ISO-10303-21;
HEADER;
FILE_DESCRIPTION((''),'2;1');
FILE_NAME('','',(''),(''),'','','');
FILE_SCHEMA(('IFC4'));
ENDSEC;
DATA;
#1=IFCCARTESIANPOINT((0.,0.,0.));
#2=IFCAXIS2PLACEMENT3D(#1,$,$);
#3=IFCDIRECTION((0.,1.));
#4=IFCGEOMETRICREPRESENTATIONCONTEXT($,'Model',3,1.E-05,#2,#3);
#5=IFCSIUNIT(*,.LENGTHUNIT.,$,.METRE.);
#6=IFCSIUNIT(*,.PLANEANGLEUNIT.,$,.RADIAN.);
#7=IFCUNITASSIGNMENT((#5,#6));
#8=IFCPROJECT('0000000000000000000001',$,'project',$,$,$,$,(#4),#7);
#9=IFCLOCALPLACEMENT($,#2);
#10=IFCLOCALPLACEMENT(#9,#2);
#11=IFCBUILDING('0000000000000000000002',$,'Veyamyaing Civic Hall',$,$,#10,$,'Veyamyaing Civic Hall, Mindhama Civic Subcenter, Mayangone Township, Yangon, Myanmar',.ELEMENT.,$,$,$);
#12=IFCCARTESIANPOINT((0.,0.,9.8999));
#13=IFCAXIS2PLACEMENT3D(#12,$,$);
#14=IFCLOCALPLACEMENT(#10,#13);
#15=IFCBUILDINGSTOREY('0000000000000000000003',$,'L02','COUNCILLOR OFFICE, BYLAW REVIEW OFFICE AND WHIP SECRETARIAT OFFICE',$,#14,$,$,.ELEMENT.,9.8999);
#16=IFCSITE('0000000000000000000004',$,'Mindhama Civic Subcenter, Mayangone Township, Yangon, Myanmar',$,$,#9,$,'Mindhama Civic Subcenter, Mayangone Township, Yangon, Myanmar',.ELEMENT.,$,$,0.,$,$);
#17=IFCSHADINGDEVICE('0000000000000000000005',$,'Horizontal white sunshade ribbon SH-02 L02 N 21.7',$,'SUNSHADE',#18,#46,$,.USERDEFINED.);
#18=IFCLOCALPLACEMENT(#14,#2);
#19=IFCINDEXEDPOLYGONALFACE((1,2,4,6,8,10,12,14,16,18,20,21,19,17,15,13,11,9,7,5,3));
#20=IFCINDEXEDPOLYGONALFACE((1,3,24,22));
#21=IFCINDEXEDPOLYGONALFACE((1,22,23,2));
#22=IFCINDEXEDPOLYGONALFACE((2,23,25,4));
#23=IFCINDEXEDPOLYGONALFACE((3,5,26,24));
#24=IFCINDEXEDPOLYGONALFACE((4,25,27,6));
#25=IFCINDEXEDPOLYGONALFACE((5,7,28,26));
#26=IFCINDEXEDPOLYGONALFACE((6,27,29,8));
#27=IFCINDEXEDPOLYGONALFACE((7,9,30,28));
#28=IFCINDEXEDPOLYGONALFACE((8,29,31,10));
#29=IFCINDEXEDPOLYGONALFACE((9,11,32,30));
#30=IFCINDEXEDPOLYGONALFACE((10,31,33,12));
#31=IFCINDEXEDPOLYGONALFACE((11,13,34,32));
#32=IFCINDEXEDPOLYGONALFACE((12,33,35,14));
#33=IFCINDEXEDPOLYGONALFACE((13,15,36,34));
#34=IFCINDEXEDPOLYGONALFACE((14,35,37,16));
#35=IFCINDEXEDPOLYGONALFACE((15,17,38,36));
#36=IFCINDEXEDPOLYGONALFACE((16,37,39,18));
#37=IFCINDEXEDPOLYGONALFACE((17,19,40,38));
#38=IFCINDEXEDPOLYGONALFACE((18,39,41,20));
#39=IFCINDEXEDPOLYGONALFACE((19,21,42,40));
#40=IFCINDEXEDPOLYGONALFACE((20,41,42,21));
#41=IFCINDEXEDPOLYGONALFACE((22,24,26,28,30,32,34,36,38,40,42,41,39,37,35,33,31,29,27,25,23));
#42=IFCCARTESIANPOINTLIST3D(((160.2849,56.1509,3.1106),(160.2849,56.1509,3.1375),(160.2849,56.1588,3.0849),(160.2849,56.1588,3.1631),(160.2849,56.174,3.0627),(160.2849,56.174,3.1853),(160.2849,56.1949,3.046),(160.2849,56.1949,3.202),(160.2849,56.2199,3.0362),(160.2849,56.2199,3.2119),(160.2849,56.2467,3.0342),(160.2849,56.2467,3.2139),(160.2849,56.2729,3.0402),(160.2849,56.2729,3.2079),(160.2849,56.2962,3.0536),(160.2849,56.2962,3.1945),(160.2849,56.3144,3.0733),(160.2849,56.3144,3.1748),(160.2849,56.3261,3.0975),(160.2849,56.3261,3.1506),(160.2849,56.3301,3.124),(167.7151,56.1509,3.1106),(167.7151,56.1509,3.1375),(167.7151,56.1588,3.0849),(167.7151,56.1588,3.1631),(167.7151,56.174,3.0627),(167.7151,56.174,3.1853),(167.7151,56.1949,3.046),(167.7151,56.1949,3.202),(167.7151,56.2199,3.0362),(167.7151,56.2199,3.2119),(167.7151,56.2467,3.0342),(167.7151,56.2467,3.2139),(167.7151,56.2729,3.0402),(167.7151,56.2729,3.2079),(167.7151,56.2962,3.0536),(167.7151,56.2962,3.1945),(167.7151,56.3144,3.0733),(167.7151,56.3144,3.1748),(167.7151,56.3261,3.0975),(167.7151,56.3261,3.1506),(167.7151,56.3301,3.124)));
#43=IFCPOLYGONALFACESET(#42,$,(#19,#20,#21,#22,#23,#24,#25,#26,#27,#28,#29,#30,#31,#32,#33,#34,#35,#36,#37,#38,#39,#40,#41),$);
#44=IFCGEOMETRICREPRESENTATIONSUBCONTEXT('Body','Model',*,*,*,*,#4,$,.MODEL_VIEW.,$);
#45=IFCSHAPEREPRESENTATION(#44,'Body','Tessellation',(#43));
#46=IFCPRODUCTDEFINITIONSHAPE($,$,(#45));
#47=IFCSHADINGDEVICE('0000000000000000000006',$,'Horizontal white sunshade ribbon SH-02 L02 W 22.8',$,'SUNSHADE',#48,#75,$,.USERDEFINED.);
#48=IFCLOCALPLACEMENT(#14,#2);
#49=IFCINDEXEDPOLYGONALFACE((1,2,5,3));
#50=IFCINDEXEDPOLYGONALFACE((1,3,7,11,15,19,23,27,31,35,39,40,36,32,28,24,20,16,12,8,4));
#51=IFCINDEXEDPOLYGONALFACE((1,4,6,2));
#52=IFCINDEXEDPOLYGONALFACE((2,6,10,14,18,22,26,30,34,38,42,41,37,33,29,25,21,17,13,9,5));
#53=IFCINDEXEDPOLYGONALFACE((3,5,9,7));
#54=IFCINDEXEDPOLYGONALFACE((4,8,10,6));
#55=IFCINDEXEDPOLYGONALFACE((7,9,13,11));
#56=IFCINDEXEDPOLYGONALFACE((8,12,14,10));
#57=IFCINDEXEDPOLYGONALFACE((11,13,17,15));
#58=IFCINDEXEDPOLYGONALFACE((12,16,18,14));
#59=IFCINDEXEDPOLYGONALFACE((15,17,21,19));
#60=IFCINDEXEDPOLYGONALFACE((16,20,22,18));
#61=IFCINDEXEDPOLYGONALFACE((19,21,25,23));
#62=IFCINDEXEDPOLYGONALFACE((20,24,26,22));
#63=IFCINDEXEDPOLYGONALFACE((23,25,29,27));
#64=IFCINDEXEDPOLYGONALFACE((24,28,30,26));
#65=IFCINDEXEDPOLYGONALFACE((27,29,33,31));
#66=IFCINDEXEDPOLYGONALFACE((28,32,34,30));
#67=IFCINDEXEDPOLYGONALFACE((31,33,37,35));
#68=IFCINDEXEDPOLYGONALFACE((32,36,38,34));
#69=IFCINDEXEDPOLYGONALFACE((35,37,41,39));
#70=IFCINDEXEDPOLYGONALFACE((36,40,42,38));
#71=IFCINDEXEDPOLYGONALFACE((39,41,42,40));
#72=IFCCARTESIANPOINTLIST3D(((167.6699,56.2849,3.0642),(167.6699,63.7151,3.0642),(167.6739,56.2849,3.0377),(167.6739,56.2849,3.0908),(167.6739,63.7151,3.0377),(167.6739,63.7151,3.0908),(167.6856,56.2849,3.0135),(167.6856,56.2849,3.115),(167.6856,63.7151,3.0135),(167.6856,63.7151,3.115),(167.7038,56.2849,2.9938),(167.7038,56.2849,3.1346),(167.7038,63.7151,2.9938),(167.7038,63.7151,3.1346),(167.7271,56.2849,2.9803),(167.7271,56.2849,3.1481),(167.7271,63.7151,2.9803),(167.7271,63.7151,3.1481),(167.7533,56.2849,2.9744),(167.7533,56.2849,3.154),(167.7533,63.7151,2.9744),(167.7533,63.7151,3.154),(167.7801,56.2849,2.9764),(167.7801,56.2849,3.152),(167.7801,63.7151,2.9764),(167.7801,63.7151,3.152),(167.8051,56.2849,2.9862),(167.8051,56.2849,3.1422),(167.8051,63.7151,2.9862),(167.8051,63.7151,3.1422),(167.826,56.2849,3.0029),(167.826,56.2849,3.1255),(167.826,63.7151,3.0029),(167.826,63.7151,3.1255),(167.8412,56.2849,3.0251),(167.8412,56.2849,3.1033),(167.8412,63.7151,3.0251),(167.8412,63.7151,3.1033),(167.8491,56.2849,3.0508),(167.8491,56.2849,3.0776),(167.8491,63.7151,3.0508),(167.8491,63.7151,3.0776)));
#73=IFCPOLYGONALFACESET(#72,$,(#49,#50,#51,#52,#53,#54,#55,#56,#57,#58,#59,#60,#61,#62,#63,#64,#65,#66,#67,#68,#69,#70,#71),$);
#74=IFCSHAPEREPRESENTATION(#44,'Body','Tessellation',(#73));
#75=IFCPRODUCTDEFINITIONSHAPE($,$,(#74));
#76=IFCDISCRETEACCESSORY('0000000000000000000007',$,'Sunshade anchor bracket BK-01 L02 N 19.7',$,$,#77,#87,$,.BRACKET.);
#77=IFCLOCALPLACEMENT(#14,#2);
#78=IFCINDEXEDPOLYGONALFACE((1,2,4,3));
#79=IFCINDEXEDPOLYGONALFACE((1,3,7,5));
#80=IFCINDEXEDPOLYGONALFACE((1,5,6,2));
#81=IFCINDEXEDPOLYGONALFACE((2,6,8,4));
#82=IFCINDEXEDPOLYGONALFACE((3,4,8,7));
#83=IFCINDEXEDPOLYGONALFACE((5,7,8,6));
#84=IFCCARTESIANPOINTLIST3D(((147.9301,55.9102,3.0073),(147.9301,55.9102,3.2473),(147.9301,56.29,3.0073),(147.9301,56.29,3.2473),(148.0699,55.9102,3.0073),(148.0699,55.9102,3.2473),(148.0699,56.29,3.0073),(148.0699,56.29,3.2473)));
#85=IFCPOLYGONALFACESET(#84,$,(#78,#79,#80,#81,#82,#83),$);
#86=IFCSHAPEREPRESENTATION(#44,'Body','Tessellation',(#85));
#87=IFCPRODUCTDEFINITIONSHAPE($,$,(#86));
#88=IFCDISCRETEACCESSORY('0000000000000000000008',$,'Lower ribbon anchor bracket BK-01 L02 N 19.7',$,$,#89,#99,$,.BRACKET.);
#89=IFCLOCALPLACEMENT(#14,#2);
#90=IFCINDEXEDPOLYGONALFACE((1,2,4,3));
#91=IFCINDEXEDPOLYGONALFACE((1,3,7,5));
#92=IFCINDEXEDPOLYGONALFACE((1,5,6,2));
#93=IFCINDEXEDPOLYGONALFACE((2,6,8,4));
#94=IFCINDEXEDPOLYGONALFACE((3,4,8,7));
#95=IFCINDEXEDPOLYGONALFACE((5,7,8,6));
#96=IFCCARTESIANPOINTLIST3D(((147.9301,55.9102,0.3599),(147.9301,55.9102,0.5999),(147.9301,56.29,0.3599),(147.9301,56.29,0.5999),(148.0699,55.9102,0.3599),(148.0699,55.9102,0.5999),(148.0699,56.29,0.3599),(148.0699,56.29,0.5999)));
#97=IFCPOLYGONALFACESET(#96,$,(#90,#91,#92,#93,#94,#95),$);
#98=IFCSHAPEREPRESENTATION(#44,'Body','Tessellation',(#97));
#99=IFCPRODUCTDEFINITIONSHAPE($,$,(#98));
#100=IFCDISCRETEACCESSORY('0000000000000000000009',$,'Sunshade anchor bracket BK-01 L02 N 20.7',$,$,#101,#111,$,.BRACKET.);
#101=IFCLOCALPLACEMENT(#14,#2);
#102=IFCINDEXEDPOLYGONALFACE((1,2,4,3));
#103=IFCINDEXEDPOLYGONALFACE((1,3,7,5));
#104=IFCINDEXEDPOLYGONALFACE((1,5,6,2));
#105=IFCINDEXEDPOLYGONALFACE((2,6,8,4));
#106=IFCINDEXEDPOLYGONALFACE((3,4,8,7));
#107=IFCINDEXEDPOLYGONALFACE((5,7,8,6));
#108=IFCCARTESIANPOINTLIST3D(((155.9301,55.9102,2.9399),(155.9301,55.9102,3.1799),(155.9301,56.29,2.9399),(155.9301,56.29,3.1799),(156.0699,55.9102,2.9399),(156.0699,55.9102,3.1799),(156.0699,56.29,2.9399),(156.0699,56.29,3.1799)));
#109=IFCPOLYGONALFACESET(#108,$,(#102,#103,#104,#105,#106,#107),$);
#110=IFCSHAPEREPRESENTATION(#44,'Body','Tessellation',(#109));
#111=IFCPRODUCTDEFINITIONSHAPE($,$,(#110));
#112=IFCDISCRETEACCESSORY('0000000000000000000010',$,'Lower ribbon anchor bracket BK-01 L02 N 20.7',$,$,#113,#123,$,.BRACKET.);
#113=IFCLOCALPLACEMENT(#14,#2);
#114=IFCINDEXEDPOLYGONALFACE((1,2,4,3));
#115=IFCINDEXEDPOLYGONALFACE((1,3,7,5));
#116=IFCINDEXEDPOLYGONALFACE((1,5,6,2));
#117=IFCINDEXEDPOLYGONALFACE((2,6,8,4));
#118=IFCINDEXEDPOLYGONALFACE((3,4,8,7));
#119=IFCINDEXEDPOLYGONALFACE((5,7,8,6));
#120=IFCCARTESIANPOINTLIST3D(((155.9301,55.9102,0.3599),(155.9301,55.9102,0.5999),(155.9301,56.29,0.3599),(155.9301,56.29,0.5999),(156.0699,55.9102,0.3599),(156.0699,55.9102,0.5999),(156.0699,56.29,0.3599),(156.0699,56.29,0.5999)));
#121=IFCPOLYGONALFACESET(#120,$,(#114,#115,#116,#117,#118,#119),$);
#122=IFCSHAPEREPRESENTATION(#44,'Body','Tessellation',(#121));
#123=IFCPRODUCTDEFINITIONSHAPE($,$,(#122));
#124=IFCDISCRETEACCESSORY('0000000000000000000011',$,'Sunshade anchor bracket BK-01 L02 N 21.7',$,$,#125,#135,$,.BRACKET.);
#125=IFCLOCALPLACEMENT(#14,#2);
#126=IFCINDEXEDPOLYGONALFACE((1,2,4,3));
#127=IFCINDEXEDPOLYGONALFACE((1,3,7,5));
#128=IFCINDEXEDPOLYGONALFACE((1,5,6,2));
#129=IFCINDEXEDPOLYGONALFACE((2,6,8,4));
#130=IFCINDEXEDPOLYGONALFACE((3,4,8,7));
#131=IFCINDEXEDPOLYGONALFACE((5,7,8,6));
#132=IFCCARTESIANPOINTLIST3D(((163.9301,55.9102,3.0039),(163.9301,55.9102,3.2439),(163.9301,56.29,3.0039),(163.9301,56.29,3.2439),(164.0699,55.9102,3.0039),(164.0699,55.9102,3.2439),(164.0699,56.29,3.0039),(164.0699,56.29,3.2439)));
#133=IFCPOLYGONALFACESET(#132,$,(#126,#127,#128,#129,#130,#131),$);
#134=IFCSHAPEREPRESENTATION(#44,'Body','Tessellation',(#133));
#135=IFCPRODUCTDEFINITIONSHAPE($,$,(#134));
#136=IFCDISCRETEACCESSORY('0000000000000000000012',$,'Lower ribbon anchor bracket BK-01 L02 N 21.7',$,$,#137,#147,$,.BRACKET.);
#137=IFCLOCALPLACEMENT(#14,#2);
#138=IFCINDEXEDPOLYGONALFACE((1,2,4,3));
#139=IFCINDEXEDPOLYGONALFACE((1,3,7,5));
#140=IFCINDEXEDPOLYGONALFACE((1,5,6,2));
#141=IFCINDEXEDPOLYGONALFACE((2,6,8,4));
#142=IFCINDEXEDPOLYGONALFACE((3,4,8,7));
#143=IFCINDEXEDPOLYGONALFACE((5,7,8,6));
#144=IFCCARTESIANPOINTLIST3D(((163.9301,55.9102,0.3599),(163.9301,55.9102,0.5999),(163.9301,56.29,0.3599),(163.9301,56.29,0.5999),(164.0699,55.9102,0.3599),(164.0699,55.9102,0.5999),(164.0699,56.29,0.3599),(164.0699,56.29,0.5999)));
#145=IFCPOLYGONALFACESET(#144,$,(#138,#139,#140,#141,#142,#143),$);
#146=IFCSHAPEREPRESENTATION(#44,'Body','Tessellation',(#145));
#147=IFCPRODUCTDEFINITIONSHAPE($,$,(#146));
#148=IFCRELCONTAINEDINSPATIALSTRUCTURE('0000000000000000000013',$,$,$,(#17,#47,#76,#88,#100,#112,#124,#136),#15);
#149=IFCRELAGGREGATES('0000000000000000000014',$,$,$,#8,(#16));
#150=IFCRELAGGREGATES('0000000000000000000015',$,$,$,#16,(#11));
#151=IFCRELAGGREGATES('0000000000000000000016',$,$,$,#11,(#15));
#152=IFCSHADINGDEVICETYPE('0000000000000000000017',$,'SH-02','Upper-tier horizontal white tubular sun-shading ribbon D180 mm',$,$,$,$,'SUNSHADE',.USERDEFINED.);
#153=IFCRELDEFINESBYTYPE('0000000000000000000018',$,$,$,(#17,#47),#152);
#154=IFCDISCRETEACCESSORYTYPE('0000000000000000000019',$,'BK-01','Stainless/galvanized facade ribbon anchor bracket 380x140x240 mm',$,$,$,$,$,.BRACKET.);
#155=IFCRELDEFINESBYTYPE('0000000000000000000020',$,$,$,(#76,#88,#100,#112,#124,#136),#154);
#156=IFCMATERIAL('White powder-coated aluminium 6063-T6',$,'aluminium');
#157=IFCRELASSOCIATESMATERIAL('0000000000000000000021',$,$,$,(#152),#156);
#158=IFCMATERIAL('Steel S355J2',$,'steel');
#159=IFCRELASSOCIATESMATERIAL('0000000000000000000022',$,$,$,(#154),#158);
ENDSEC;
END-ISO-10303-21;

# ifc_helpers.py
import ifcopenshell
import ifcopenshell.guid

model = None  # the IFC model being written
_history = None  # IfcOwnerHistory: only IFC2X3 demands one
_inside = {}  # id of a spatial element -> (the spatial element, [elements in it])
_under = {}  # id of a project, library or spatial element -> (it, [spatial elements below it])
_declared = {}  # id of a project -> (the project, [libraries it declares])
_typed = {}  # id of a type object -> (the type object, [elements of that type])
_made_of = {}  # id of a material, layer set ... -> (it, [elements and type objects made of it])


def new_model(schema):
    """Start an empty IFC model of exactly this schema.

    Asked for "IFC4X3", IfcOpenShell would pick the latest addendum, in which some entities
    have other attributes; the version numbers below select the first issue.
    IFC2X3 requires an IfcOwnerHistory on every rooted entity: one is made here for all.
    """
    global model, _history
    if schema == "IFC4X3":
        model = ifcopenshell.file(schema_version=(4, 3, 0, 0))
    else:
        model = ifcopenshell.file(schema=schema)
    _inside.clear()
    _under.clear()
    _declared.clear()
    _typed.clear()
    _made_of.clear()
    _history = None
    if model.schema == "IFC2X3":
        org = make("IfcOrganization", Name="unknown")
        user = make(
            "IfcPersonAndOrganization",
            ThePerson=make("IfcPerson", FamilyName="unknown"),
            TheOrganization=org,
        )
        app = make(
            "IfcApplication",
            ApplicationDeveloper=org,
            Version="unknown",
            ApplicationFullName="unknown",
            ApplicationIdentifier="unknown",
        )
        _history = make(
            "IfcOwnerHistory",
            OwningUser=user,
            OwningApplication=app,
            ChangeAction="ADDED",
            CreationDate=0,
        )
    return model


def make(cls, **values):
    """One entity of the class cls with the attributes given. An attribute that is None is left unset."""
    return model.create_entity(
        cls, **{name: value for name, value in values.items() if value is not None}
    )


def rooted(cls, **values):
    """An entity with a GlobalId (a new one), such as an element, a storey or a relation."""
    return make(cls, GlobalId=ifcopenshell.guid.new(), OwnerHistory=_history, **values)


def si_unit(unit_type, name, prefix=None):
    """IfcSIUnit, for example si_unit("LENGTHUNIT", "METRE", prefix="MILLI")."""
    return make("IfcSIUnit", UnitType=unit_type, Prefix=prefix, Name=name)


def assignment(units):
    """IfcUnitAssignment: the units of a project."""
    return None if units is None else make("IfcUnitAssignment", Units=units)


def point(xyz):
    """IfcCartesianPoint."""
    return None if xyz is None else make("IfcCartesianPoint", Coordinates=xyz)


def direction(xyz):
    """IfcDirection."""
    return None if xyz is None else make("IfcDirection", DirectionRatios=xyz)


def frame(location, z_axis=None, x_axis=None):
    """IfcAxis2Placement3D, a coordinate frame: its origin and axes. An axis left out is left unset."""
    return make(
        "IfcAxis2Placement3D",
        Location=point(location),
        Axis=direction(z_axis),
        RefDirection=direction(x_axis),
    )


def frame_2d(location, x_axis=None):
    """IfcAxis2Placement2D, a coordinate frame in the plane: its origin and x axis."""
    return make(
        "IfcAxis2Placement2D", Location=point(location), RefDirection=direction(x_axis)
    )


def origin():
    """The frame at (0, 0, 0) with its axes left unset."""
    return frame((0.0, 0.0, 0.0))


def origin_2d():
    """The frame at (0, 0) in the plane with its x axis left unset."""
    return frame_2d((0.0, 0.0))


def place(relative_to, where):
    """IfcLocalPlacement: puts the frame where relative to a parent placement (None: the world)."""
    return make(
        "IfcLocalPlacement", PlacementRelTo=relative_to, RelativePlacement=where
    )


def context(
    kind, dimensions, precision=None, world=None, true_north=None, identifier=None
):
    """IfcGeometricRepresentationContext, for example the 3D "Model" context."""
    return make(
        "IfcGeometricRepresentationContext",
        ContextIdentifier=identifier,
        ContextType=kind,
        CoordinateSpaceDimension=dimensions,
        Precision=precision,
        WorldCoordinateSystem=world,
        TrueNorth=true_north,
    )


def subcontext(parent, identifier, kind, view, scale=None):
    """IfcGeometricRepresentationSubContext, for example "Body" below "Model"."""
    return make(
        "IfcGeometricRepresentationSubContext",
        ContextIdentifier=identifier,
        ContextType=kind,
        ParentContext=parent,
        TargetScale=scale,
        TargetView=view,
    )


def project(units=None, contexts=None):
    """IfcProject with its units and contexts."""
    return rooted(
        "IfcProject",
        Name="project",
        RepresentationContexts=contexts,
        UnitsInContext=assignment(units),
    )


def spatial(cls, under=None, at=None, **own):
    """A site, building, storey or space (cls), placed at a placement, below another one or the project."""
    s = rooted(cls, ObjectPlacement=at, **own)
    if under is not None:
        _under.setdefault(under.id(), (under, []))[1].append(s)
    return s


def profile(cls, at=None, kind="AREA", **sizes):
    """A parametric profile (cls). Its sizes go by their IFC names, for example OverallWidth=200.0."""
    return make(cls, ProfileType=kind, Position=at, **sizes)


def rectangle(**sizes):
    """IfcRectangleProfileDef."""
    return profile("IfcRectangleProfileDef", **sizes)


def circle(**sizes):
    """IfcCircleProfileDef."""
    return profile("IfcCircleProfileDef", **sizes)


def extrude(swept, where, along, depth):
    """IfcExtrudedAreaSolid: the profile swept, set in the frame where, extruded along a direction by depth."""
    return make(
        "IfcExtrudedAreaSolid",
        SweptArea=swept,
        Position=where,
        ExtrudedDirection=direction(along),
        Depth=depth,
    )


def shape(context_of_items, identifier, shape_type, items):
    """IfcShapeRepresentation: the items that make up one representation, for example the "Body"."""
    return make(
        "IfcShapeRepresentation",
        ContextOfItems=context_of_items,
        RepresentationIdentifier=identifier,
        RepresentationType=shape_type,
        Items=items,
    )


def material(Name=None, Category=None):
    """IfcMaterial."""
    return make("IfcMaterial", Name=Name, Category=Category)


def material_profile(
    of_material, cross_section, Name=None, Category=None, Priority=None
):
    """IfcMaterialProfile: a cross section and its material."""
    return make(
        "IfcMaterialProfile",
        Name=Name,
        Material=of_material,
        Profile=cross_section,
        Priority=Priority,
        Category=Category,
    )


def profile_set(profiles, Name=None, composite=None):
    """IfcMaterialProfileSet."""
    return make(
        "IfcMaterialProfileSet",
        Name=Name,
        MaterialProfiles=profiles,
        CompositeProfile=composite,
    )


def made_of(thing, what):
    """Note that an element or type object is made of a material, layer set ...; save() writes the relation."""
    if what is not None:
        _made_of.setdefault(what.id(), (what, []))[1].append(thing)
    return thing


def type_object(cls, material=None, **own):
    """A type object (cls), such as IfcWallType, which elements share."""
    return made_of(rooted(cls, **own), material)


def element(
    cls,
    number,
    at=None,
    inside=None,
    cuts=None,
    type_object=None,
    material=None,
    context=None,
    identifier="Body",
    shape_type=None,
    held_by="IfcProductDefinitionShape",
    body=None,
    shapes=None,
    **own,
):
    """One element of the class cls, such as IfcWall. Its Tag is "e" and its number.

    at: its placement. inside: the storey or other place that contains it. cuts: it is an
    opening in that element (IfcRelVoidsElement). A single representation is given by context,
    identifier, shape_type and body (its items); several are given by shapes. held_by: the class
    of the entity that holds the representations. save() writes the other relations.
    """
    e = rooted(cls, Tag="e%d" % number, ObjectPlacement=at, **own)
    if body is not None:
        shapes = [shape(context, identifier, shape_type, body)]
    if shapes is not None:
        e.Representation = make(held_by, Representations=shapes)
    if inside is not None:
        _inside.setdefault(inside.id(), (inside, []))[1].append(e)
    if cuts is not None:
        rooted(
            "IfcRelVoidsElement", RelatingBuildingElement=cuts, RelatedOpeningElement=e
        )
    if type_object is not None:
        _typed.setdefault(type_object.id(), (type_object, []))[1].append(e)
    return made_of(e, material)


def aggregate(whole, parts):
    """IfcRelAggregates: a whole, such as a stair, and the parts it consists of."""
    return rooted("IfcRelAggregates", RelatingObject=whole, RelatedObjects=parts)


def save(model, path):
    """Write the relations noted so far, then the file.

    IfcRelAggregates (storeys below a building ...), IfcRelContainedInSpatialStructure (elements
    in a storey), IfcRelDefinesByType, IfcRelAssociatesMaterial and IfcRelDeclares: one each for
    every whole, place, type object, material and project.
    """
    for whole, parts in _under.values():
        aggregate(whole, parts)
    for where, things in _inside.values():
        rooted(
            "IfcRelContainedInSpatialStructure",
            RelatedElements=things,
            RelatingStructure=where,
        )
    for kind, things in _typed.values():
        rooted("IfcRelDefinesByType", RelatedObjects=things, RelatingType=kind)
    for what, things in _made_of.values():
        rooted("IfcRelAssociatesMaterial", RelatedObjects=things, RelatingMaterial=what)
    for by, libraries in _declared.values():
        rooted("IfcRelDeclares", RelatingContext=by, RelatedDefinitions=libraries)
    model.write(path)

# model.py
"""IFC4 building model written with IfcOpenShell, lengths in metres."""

from ifc_helpers import new_model, si_unit, direction, frame, origin, origin_2d, place, context, subcontext, project, spatial, rectangle, circle, extrude, material, material_profile, profile_set, type_object, element, save


model = new_model("IFC4")

# Units and contexts
model_context = context("Model", 3, precision=1e-05, world=origin(), true_north=direction((0.0, 1.0)))
body_context = subcontext(model_context, "Body", "Model", "MODEL_VIEW")
ifc_project = project(units=[si_unit("LENGTHUNIT", "METRE"), si_unit("PLANEANGLEUNIT", "RADIAN")], contexts=[model_context])

# Site, building, storey
site_placement = place(None, origin())
site = spatial("IfcSite", under=ifc_project, at=site_placement, Name="Mindhama Civic Subcenter, Mayangone Township, Yangon, Myanmar", LongName="Mindhama Civic Subcenter, Mayangone Township, Yangon, Myanmar", CompositionType="ELEMENT", RefElevation=0.0)
building_placement = place(site_placement, origin())
building = spatial("IfcBuilding", under=site, at=building_placement, Name="Veyamyaing Civic Hall", LongName="Veyamyaing Civic Hall, Mindhama Civic Subcenter, Mayangone Township, Yangon, Myanmar", CompositionType="ELEMENT")
storey_placement = place(building_placement, frame((0.0, 0.0, 9.8999)))
storey = spatial("IfcBuildingStorey", under=building, at=storey_placement, Name="L02", Description="COUNCILLOR OFFICE, BYLAW REVIEW OFFICE AND WHIP SECRETARIAT OFFICE", CompositionType="ELEMENT", Elevation=9.8999)

# Shared definitions
ifc_material_1 = material(Name="White powder-coated aluminium 6063-T6", Category="aluminium")

# Shading devices
ifc_material_profile_1 = material_profile(ifc_material_1, circle(Radius=0.0901, at=origin_2d()), Name="SHADE-TUBE-180")
ifc_profile_set_1 = profile_set([ifc_material_profile_1], Name="White powder-coated aluminium 6063-T6")
shading_device_type_1 = type_object("IfcShadingDeviceType", Name="SH-02", Description="Upper-tier horizontal white tubular sun-shading ribbon D180 mm", ElementType="SUNSHADE", PredefinedType="USERDEFINED", material=ifc_profile_set_1)
for number, where, z_axis, x_axis, name in (
    (1, (160.2849, 56.24, 3.124), (1.0, 0.0, 0.0), (0.0, 1.0, 0.0), "Horizontal white sunshade ribbon SH-02 L02 N 21.7"),
    (2, (167.76, 56.2849, 3.0642), (0.0, 1.0, 0.0), (-1.0, 0.0, 0.0), "Horizontal white sunshade ribbon SH-02 L02 W 22.8"),
):
    element("IfcShadingDevice", number, at=place(storey_placement, frame(where, z_axis=z_axis, x_axis=x_axis)), inside=storey, type_object=shading_device_type_1, Name=name, ObjectType="SUNSHADE", PredefinedType="USERDEFINED", context=body_context, shape_type="SweptSolid", body=[
        extrude(circle(Radius=0.0901, at=origin_2d()), origin(), (0.0, 0.0, 1.0), 7.4302),
    ])

# Discrete accessories
ifc_material_2 = material(Name="Steel S355J2", Category="steel")
discrete_accessory_type = type_object("IfcDiscreteAccessoryType", Name="BK-01", Description="Stainless/galvanized facade ribbon anchor bracket 380x140x240 mm", PredefinedType="BRACKET", material=ifc_material_2)
for number, where, z_axis, x_axis, name in (
    (3, (148.0, 56.1001, 3.0073), (0.0, 0.0, 1.0), (0.0, 1.0, 0.0), "Sunshade anchor bracket BK-01 L02 N 19.7"),
    (4, (148.0, 56.1001, 0.3599), (0.0, 0.0, 1.0), (0.0, 1.0, 0.0), "Lower ribbon anchor bracket BK-01 L02 N 19.7"),
    (5, (156.0, 56.1001, 2.9399), (0.0, 0.0, 1.0), (0.0, 1.0, 0.0), "Sunshade anchor bracket BK-01 L02 N 20.7"),
    (6, (156.0, 56.1001, 0.3599), (0.0, 0.0, 1.0), (0.0, 1.0, 0.0), "Lower ribbon anchor bracket BK-01 L02 N 20.7"),
    (7, (164.0, 56.1001, 3.0039), (0.0, 0.0, 1.0), (0.0, 1.0, 0.0), "Sunshade anchor bracket BK-01 L02 N 21.7"),
    (8, (164.0, 56.1001, 0.3599), (0.0, 0.0, 1.0), (0.0, 1.0, 0.0), "Lower ribbon anchor bracket BK-01 L02 N 21.7"),
):
    element("IfcDiscreteAccessory", number, at=place(storey_placement, frame(where, z_axis=z_axis, x_axis=x_axis)), inside=storey, type_object=discrete_accessory_type, Name=name, PredefinedType="BRACKET", context=body_context, shape_type="SweptSolid", body=[
        extrude(rectangle(XDim=0.3799, YDim=0.1399, at=origin_2d()), origin(), (0.0, 0.0, 1.0), 0.24),
    ])

save(model, "model.ifc")
